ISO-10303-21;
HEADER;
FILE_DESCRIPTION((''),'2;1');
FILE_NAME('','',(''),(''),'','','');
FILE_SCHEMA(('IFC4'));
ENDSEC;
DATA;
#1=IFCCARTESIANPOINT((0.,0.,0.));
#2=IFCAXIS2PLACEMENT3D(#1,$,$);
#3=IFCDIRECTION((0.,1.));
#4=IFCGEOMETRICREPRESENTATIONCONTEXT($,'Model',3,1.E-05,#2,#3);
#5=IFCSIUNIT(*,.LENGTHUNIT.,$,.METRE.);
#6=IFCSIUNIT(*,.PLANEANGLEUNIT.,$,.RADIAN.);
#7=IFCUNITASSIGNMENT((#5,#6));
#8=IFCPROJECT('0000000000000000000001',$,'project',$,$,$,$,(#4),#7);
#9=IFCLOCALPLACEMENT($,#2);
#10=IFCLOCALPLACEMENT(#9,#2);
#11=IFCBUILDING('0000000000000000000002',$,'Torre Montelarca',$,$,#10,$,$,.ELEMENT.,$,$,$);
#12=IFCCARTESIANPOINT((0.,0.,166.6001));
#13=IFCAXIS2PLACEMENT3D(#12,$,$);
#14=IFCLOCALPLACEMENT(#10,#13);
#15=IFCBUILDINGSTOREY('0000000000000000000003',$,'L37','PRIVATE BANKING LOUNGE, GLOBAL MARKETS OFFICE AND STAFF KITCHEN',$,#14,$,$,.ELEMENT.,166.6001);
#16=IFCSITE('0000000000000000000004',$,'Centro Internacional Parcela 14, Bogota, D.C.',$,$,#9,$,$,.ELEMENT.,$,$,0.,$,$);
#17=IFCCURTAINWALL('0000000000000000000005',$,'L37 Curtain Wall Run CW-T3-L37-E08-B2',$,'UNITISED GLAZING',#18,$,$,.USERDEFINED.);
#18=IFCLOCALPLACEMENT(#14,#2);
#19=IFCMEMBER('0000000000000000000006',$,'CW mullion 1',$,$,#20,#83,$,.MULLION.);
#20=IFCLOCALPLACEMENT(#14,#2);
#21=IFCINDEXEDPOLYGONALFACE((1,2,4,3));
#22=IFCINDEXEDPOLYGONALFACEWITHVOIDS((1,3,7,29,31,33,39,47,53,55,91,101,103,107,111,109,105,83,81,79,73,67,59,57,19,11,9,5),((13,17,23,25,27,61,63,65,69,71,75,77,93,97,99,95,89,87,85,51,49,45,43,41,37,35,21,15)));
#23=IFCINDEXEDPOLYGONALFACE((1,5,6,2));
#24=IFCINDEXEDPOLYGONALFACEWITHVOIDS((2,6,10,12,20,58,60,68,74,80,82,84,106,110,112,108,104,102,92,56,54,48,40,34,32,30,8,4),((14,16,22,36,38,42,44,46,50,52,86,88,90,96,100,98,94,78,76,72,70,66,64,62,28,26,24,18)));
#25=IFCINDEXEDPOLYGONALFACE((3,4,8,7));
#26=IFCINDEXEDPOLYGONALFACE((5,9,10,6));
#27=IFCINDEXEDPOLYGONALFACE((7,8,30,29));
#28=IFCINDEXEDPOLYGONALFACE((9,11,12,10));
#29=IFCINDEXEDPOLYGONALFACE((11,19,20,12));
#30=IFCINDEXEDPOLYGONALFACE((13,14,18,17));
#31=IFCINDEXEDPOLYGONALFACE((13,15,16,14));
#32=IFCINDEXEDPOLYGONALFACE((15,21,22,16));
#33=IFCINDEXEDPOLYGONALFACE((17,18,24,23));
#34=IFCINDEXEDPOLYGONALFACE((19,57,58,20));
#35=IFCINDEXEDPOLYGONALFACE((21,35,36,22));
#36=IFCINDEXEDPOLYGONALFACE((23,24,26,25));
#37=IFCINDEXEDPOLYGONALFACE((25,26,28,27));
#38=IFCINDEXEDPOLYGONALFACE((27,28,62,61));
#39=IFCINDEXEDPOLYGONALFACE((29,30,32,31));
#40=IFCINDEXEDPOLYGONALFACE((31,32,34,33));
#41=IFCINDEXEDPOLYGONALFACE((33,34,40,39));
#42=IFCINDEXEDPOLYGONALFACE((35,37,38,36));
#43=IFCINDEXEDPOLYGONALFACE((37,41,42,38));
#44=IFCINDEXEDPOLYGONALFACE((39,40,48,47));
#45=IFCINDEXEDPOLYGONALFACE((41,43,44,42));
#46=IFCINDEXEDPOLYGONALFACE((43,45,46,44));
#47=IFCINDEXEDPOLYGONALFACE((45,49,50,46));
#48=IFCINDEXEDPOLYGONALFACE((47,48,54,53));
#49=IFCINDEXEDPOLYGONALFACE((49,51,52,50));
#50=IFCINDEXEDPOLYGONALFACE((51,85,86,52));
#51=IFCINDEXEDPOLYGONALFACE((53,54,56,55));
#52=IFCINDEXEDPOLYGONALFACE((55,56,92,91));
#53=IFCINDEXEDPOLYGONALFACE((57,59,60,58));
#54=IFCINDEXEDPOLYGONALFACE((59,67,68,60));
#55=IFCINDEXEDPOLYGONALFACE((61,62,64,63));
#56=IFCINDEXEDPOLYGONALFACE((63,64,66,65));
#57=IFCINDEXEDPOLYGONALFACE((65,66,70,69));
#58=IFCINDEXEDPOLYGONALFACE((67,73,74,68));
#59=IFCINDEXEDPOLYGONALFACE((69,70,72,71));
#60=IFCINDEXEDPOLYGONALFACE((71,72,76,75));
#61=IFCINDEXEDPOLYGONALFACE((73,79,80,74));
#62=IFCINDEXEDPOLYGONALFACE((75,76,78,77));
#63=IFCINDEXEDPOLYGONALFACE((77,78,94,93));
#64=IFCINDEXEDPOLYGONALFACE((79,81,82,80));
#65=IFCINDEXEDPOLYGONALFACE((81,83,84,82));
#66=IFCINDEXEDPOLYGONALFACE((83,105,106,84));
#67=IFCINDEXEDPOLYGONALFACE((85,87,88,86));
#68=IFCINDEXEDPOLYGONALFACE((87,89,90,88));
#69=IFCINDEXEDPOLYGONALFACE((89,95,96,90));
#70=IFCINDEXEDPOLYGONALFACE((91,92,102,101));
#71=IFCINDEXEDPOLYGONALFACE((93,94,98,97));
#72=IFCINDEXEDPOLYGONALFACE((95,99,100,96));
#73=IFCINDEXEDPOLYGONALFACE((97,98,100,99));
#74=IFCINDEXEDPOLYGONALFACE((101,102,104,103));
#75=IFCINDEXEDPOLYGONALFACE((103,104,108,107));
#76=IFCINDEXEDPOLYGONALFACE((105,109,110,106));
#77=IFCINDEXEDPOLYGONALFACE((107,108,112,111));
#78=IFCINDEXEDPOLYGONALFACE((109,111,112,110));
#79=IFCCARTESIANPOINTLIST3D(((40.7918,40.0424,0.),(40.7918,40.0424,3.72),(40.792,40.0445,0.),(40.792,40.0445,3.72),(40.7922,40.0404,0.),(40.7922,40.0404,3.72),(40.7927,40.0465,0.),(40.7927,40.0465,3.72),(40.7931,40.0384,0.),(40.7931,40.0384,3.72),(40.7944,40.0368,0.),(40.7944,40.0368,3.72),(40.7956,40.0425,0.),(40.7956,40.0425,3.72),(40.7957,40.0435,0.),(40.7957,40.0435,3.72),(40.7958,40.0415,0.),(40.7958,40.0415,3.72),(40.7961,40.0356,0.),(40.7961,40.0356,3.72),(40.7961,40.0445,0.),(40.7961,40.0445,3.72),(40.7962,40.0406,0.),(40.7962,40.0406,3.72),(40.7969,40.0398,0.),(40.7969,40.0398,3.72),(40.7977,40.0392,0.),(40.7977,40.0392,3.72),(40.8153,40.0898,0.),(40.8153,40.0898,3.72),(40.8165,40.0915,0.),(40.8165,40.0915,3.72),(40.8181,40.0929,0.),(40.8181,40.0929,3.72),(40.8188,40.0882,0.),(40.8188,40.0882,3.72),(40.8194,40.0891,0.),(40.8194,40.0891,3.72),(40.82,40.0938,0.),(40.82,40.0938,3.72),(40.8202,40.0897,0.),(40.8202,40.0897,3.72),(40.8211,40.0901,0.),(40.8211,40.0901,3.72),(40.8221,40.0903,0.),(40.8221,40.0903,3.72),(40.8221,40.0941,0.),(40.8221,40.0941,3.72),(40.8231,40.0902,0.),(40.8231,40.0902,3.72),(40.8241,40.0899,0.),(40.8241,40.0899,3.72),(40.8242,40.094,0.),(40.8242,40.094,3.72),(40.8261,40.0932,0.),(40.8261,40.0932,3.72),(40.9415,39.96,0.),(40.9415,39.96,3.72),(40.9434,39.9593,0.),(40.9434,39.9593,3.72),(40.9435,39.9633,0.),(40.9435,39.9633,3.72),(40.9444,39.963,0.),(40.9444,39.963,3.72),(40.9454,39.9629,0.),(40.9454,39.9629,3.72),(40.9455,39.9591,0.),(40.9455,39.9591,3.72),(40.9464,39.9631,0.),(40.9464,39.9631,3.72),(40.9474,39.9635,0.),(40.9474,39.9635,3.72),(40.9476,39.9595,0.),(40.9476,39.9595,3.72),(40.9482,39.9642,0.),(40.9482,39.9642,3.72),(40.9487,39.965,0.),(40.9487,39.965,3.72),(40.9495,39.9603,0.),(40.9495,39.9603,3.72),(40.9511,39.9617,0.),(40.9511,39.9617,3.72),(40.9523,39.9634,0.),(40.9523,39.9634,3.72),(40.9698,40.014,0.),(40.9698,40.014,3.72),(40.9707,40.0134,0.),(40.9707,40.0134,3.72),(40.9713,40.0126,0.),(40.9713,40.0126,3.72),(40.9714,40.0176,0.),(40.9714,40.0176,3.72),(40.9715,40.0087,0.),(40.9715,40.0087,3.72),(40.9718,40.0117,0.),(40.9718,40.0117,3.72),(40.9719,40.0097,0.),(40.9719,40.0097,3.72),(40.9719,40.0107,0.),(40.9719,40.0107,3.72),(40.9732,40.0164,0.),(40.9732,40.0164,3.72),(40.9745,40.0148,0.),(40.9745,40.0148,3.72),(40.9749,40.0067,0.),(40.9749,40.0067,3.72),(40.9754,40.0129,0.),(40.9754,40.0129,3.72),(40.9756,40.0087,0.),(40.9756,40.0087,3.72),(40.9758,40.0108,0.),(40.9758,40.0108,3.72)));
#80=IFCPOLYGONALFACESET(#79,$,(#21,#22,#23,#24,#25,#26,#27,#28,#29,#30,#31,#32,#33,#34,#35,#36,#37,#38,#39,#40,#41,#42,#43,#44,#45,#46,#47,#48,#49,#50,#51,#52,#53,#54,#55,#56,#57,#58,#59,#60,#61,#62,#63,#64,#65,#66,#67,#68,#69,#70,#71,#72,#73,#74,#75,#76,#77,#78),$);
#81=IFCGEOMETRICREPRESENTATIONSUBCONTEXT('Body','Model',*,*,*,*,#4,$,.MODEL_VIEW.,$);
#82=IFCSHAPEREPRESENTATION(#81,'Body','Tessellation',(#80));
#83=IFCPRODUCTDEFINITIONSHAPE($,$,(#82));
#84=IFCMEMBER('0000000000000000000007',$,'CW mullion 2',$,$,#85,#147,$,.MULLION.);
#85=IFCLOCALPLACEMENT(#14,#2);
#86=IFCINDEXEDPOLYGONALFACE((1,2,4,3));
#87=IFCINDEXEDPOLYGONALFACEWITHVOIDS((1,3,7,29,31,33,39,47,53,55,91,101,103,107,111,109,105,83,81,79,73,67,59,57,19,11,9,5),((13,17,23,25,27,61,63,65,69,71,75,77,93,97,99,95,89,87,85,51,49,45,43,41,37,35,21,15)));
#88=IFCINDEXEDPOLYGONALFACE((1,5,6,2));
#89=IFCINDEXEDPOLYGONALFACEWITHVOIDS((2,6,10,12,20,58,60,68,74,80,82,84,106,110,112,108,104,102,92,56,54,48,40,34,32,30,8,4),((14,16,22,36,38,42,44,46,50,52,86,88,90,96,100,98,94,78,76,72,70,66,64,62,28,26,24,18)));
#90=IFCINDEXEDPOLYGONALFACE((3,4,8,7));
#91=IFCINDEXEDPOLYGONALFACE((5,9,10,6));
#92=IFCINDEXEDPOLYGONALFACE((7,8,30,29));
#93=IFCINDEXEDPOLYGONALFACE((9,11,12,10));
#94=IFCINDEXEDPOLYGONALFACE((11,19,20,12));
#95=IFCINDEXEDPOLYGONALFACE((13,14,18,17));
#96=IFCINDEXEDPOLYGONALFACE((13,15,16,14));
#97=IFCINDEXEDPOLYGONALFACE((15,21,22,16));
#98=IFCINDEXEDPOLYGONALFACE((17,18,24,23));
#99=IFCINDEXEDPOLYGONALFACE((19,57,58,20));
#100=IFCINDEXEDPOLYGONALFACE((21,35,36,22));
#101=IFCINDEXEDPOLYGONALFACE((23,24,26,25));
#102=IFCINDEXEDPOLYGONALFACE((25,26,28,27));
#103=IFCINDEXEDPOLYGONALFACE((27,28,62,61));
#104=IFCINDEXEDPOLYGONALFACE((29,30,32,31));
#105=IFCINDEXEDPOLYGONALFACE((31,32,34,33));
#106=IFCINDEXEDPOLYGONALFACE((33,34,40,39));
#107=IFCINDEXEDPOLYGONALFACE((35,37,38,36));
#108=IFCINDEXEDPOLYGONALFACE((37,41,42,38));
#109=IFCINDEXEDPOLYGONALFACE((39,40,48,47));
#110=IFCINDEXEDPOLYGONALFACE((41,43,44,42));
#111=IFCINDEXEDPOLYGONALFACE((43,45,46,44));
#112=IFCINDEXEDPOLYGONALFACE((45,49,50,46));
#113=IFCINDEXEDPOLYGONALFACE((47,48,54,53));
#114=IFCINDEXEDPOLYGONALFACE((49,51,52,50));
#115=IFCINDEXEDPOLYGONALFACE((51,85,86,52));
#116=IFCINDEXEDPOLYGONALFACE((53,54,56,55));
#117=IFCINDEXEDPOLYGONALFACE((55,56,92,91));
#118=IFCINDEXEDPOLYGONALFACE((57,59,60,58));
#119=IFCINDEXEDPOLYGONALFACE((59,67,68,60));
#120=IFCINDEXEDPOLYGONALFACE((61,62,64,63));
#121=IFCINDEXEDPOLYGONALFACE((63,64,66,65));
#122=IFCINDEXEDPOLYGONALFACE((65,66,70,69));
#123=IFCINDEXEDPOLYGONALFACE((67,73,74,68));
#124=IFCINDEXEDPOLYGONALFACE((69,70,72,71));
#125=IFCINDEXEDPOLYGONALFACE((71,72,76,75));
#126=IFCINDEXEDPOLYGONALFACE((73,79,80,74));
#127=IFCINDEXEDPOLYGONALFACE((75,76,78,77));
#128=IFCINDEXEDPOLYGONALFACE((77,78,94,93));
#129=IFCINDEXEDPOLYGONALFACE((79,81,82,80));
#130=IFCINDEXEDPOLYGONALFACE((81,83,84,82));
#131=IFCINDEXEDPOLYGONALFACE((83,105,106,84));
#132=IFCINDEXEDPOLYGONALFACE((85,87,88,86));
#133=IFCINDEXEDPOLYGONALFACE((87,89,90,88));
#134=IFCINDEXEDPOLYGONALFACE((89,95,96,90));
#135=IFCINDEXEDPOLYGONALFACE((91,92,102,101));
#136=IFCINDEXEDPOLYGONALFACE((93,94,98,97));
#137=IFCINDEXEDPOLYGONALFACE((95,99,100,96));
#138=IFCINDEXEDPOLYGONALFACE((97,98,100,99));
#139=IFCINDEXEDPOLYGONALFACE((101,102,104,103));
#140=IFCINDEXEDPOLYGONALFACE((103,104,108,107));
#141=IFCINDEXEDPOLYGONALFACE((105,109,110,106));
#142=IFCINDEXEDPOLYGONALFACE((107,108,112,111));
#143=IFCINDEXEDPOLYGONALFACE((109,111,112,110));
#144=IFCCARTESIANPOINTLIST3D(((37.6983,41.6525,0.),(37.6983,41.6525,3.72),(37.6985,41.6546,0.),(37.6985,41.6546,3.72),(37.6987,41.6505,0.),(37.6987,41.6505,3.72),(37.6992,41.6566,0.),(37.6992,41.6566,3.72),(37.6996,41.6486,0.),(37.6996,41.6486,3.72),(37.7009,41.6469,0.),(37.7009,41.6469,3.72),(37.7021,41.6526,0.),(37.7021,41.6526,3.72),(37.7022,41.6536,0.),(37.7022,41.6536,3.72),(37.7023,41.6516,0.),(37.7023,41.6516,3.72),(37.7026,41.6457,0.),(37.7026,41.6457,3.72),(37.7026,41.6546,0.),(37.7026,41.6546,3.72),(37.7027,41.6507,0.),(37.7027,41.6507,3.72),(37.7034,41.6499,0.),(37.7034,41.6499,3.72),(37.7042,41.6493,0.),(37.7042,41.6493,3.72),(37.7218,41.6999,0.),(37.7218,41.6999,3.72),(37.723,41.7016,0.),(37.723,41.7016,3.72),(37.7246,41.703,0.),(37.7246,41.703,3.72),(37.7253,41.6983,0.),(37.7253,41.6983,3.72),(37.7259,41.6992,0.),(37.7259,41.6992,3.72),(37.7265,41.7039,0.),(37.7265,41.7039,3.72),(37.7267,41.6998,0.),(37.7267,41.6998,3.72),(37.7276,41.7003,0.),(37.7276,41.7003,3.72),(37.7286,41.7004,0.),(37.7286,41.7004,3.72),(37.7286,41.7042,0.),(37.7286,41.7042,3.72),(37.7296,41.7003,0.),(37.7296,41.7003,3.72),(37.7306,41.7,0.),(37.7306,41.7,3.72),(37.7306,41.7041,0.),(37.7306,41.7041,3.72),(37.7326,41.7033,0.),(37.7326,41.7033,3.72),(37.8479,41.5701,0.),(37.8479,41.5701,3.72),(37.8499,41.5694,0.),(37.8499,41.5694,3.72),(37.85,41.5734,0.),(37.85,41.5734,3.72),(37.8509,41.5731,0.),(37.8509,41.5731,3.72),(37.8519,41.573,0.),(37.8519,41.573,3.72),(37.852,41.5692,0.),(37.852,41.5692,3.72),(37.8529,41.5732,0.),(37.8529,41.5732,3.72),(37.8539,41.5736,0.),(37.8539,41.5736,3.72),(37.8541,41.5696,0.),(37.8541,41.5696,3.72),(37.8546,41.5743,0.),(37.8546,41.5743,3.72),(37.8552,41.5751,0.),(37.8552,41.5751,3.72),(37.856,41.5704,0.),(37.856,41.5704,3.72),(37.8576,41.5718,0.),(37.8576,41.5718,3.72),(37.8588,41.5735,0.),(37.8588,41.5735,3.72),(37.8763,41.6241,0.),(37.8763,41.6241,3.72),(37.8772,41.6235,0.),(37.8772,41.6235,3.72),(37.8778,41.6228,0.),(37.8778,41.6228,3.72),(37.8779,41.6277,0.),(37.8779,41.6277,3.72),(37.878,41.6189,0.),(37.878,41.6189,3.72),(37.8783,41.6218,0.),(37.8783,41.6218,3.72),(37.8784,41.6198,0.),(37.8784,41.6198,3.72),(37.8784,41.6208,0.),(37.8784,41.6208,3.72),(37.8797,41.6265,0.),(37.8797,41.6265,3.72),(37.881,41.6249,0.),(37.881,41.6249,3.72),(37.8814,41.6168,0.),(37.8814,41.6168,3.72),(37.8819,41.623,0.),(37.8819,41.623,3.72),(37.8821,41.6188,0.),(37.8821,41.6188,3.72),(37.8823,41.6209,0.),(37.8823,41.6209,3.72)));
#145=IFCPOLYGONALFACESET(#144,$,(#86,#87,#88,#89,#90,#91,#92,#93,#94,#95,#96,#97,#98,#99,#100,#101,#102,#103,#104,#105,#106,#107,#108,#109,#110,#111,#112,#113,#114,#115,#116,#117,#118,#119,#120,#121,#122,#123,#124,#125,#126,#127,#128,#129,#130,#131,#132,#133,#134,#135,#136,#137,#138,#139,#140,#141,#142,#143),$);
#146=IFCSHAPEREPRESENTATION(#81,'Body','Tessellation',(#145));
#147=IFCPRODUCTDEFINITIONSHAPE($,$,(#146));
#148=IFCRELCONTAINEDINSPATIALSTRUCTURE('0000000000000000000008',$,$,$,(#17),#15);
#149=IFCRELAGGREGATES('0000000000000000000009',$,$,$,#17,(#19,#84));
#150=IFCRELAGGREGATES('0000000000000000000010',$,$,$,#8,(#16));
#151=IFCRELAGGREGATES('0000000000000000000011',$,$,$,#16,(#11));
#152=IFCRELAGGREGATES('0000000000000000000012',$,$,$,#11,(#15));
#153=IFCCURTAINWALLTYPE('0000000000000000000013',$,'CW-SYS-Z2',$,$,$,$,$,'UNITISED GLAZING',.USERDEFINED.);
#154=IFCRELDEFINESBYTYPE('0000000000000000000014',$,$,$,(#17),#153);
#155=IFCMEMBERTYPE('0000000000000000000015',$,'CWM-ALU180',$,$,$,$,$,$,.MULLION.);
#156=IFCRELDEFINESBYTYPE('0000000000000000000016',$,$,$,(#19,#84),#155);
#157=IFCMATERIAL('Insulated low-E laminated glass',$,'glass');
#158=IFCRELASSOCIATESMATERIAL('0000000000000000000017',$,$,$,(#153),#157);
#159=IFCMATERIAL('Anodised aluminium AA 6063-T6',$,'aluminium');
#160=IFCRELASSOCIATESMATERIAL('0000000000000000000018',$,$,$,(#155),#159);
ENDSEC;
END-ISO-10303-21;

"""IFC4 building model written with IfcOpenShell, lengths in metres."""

from ifc_helpers import new_model, si_unit, direction, frame, origin, origin_2d, place, context, subcontext, project, spatial, hollow_rectangle, extrude, source, transform, mapped, material, material_profile, profile_set, type_object, element, aggregate, save


model = new_model("IFC4")

# Units and contexts
model_context = context("Model", 3, precision=1e-05, world=origin(), true_north=direction((0.0, 1.0)))
body_context = subcontext(model_context, "Body", "Model", "MODEL_VIEW")
ifc_project = project(units=[si_unit("LENGTHUNIT", "METRE"), si_unit("PLANEANGLEUNIT", "RADIAN")], contexts=[model_context])

# Site, building, storey
site_placement = place(None, origin())
site = spatial("IfcSite", under=ifc_project, at=site_placement, Name="Centro Internacional Parcela 14, Bogota, D.C.", CompositionType="ELEMENT", RefElevation=0.0)
building_placement = place(site_placement, origin())
building = spatial("IfcBuilding", under=site, at=building_placement, Name="Torre Montelarca", CompositionType="ELEMENT")
storey_placement = place(building_placement, frame((0.0, 0.0, 166.6001)))
storey = spatial("IfcBuildingStorey", under=building, at=storey_placement, Name="L37", Description="PRIVATE BANKING LOUNGE, GLOBAL MARKETS OFFICE AND STAFF KITCHEN", CompositionType="ELEMENT", Elevation=166.6001)

# Shared definitions
ifc_material_1 = material(Name="Insulated low-E laminated glass", Category="glass")
curtain_wall_type = type_object("IfcCurtainWallType", Name="CW-SYS-Z2", ElementType="UNITISED GLAZING", PredefinedType="USERDEFINED", material=ifc_material_1)
ifc_material_2 = material(Name="Anodised aluminium AA 6063-T6", Category="aluminium")

# Shared definitions
ifc_material_profile_1 = material_profile(ifc_material_2, hollow_rectangle(XDim=0.0649, YDim=0.1799, WallThickness=0.0039, InnerFilletRadius=0.0039, OuterFilletRadius=0.0081, at=origin_2d()), Name="ALU65X180X4", Category="aluminium")
ifc_profile_set_1 = profile_set([ifc_material_profile_1], Name="Anodised aluminium AA 6063-T6")
member_type_1 = type_object("IfcMemberType", Name="CWM-ALU180", PredefinedType="MULLION", material=ifc_profile_set_1)
shared_shape_1 = source(origin(), body_context, "Body", "SweptSolid", [
    extrude(hollow_rectangle(XDim=0.0649, YDim=0.1799, WallThickness=0.0039, InnerFilletRadius=0.0039, OuterFilletRadius=0.0081, at=origin_2d()), origin(), (0.0, 0.0, 1.0), 3.72),
])

# Curtain wall, members
curtain_wall_1_placement = place(storey_placement, origin())
curtain_wall_1 = element("IfcCurtainWall", 1, at=curtain_wall_1_placement, inside=storey, type_object=curtain_wall_type, Name="L37 Curtain Wall Run CW-T3-L37-E08-B2", ObjectType="UNITISED GLAZING", PredefinedType="USERDEFINED")
member_1_placement = place(storey_placement, frame((40.8838, 40.0266, 0.0), z_axis=(0.0, 0.0, 1.0), x_axis=(-0.461745, -0.887013, 0.0)))
member_1 = element("IfcMember", 2, at=member_1_placement, type_object=member_type_1, Name="CW mullion 1", PredefinedType="MULLION", context=body_context, shape_type="MappedRepresentation", body=[
    mapped(shared_shape_1, transform((0.0, 0.0, 0.0), scale=1.0)),
])
member_2_placement = place(storey_placement, frame((37.7903, 41.6367, 0.0), z_axis=(0.0, 0.0, 1.0), x_axis=(-0.461745, -0.887013, 0.0)))
member_2 = element("IfcMember", 3, at=member_2_placement, type_object=member_type_1, Name="CW mullion 2", PredefinedType="MULLION", context=body_context, shape_type="MappedRepresentation", body=[
    mapped(shared_shape_1, transform((0.0, 0.0, 0.0), scale=1.0)),
])

aggregate(curtain_wall_1, [member_1, member_2])

save(model, "model.ifc")
